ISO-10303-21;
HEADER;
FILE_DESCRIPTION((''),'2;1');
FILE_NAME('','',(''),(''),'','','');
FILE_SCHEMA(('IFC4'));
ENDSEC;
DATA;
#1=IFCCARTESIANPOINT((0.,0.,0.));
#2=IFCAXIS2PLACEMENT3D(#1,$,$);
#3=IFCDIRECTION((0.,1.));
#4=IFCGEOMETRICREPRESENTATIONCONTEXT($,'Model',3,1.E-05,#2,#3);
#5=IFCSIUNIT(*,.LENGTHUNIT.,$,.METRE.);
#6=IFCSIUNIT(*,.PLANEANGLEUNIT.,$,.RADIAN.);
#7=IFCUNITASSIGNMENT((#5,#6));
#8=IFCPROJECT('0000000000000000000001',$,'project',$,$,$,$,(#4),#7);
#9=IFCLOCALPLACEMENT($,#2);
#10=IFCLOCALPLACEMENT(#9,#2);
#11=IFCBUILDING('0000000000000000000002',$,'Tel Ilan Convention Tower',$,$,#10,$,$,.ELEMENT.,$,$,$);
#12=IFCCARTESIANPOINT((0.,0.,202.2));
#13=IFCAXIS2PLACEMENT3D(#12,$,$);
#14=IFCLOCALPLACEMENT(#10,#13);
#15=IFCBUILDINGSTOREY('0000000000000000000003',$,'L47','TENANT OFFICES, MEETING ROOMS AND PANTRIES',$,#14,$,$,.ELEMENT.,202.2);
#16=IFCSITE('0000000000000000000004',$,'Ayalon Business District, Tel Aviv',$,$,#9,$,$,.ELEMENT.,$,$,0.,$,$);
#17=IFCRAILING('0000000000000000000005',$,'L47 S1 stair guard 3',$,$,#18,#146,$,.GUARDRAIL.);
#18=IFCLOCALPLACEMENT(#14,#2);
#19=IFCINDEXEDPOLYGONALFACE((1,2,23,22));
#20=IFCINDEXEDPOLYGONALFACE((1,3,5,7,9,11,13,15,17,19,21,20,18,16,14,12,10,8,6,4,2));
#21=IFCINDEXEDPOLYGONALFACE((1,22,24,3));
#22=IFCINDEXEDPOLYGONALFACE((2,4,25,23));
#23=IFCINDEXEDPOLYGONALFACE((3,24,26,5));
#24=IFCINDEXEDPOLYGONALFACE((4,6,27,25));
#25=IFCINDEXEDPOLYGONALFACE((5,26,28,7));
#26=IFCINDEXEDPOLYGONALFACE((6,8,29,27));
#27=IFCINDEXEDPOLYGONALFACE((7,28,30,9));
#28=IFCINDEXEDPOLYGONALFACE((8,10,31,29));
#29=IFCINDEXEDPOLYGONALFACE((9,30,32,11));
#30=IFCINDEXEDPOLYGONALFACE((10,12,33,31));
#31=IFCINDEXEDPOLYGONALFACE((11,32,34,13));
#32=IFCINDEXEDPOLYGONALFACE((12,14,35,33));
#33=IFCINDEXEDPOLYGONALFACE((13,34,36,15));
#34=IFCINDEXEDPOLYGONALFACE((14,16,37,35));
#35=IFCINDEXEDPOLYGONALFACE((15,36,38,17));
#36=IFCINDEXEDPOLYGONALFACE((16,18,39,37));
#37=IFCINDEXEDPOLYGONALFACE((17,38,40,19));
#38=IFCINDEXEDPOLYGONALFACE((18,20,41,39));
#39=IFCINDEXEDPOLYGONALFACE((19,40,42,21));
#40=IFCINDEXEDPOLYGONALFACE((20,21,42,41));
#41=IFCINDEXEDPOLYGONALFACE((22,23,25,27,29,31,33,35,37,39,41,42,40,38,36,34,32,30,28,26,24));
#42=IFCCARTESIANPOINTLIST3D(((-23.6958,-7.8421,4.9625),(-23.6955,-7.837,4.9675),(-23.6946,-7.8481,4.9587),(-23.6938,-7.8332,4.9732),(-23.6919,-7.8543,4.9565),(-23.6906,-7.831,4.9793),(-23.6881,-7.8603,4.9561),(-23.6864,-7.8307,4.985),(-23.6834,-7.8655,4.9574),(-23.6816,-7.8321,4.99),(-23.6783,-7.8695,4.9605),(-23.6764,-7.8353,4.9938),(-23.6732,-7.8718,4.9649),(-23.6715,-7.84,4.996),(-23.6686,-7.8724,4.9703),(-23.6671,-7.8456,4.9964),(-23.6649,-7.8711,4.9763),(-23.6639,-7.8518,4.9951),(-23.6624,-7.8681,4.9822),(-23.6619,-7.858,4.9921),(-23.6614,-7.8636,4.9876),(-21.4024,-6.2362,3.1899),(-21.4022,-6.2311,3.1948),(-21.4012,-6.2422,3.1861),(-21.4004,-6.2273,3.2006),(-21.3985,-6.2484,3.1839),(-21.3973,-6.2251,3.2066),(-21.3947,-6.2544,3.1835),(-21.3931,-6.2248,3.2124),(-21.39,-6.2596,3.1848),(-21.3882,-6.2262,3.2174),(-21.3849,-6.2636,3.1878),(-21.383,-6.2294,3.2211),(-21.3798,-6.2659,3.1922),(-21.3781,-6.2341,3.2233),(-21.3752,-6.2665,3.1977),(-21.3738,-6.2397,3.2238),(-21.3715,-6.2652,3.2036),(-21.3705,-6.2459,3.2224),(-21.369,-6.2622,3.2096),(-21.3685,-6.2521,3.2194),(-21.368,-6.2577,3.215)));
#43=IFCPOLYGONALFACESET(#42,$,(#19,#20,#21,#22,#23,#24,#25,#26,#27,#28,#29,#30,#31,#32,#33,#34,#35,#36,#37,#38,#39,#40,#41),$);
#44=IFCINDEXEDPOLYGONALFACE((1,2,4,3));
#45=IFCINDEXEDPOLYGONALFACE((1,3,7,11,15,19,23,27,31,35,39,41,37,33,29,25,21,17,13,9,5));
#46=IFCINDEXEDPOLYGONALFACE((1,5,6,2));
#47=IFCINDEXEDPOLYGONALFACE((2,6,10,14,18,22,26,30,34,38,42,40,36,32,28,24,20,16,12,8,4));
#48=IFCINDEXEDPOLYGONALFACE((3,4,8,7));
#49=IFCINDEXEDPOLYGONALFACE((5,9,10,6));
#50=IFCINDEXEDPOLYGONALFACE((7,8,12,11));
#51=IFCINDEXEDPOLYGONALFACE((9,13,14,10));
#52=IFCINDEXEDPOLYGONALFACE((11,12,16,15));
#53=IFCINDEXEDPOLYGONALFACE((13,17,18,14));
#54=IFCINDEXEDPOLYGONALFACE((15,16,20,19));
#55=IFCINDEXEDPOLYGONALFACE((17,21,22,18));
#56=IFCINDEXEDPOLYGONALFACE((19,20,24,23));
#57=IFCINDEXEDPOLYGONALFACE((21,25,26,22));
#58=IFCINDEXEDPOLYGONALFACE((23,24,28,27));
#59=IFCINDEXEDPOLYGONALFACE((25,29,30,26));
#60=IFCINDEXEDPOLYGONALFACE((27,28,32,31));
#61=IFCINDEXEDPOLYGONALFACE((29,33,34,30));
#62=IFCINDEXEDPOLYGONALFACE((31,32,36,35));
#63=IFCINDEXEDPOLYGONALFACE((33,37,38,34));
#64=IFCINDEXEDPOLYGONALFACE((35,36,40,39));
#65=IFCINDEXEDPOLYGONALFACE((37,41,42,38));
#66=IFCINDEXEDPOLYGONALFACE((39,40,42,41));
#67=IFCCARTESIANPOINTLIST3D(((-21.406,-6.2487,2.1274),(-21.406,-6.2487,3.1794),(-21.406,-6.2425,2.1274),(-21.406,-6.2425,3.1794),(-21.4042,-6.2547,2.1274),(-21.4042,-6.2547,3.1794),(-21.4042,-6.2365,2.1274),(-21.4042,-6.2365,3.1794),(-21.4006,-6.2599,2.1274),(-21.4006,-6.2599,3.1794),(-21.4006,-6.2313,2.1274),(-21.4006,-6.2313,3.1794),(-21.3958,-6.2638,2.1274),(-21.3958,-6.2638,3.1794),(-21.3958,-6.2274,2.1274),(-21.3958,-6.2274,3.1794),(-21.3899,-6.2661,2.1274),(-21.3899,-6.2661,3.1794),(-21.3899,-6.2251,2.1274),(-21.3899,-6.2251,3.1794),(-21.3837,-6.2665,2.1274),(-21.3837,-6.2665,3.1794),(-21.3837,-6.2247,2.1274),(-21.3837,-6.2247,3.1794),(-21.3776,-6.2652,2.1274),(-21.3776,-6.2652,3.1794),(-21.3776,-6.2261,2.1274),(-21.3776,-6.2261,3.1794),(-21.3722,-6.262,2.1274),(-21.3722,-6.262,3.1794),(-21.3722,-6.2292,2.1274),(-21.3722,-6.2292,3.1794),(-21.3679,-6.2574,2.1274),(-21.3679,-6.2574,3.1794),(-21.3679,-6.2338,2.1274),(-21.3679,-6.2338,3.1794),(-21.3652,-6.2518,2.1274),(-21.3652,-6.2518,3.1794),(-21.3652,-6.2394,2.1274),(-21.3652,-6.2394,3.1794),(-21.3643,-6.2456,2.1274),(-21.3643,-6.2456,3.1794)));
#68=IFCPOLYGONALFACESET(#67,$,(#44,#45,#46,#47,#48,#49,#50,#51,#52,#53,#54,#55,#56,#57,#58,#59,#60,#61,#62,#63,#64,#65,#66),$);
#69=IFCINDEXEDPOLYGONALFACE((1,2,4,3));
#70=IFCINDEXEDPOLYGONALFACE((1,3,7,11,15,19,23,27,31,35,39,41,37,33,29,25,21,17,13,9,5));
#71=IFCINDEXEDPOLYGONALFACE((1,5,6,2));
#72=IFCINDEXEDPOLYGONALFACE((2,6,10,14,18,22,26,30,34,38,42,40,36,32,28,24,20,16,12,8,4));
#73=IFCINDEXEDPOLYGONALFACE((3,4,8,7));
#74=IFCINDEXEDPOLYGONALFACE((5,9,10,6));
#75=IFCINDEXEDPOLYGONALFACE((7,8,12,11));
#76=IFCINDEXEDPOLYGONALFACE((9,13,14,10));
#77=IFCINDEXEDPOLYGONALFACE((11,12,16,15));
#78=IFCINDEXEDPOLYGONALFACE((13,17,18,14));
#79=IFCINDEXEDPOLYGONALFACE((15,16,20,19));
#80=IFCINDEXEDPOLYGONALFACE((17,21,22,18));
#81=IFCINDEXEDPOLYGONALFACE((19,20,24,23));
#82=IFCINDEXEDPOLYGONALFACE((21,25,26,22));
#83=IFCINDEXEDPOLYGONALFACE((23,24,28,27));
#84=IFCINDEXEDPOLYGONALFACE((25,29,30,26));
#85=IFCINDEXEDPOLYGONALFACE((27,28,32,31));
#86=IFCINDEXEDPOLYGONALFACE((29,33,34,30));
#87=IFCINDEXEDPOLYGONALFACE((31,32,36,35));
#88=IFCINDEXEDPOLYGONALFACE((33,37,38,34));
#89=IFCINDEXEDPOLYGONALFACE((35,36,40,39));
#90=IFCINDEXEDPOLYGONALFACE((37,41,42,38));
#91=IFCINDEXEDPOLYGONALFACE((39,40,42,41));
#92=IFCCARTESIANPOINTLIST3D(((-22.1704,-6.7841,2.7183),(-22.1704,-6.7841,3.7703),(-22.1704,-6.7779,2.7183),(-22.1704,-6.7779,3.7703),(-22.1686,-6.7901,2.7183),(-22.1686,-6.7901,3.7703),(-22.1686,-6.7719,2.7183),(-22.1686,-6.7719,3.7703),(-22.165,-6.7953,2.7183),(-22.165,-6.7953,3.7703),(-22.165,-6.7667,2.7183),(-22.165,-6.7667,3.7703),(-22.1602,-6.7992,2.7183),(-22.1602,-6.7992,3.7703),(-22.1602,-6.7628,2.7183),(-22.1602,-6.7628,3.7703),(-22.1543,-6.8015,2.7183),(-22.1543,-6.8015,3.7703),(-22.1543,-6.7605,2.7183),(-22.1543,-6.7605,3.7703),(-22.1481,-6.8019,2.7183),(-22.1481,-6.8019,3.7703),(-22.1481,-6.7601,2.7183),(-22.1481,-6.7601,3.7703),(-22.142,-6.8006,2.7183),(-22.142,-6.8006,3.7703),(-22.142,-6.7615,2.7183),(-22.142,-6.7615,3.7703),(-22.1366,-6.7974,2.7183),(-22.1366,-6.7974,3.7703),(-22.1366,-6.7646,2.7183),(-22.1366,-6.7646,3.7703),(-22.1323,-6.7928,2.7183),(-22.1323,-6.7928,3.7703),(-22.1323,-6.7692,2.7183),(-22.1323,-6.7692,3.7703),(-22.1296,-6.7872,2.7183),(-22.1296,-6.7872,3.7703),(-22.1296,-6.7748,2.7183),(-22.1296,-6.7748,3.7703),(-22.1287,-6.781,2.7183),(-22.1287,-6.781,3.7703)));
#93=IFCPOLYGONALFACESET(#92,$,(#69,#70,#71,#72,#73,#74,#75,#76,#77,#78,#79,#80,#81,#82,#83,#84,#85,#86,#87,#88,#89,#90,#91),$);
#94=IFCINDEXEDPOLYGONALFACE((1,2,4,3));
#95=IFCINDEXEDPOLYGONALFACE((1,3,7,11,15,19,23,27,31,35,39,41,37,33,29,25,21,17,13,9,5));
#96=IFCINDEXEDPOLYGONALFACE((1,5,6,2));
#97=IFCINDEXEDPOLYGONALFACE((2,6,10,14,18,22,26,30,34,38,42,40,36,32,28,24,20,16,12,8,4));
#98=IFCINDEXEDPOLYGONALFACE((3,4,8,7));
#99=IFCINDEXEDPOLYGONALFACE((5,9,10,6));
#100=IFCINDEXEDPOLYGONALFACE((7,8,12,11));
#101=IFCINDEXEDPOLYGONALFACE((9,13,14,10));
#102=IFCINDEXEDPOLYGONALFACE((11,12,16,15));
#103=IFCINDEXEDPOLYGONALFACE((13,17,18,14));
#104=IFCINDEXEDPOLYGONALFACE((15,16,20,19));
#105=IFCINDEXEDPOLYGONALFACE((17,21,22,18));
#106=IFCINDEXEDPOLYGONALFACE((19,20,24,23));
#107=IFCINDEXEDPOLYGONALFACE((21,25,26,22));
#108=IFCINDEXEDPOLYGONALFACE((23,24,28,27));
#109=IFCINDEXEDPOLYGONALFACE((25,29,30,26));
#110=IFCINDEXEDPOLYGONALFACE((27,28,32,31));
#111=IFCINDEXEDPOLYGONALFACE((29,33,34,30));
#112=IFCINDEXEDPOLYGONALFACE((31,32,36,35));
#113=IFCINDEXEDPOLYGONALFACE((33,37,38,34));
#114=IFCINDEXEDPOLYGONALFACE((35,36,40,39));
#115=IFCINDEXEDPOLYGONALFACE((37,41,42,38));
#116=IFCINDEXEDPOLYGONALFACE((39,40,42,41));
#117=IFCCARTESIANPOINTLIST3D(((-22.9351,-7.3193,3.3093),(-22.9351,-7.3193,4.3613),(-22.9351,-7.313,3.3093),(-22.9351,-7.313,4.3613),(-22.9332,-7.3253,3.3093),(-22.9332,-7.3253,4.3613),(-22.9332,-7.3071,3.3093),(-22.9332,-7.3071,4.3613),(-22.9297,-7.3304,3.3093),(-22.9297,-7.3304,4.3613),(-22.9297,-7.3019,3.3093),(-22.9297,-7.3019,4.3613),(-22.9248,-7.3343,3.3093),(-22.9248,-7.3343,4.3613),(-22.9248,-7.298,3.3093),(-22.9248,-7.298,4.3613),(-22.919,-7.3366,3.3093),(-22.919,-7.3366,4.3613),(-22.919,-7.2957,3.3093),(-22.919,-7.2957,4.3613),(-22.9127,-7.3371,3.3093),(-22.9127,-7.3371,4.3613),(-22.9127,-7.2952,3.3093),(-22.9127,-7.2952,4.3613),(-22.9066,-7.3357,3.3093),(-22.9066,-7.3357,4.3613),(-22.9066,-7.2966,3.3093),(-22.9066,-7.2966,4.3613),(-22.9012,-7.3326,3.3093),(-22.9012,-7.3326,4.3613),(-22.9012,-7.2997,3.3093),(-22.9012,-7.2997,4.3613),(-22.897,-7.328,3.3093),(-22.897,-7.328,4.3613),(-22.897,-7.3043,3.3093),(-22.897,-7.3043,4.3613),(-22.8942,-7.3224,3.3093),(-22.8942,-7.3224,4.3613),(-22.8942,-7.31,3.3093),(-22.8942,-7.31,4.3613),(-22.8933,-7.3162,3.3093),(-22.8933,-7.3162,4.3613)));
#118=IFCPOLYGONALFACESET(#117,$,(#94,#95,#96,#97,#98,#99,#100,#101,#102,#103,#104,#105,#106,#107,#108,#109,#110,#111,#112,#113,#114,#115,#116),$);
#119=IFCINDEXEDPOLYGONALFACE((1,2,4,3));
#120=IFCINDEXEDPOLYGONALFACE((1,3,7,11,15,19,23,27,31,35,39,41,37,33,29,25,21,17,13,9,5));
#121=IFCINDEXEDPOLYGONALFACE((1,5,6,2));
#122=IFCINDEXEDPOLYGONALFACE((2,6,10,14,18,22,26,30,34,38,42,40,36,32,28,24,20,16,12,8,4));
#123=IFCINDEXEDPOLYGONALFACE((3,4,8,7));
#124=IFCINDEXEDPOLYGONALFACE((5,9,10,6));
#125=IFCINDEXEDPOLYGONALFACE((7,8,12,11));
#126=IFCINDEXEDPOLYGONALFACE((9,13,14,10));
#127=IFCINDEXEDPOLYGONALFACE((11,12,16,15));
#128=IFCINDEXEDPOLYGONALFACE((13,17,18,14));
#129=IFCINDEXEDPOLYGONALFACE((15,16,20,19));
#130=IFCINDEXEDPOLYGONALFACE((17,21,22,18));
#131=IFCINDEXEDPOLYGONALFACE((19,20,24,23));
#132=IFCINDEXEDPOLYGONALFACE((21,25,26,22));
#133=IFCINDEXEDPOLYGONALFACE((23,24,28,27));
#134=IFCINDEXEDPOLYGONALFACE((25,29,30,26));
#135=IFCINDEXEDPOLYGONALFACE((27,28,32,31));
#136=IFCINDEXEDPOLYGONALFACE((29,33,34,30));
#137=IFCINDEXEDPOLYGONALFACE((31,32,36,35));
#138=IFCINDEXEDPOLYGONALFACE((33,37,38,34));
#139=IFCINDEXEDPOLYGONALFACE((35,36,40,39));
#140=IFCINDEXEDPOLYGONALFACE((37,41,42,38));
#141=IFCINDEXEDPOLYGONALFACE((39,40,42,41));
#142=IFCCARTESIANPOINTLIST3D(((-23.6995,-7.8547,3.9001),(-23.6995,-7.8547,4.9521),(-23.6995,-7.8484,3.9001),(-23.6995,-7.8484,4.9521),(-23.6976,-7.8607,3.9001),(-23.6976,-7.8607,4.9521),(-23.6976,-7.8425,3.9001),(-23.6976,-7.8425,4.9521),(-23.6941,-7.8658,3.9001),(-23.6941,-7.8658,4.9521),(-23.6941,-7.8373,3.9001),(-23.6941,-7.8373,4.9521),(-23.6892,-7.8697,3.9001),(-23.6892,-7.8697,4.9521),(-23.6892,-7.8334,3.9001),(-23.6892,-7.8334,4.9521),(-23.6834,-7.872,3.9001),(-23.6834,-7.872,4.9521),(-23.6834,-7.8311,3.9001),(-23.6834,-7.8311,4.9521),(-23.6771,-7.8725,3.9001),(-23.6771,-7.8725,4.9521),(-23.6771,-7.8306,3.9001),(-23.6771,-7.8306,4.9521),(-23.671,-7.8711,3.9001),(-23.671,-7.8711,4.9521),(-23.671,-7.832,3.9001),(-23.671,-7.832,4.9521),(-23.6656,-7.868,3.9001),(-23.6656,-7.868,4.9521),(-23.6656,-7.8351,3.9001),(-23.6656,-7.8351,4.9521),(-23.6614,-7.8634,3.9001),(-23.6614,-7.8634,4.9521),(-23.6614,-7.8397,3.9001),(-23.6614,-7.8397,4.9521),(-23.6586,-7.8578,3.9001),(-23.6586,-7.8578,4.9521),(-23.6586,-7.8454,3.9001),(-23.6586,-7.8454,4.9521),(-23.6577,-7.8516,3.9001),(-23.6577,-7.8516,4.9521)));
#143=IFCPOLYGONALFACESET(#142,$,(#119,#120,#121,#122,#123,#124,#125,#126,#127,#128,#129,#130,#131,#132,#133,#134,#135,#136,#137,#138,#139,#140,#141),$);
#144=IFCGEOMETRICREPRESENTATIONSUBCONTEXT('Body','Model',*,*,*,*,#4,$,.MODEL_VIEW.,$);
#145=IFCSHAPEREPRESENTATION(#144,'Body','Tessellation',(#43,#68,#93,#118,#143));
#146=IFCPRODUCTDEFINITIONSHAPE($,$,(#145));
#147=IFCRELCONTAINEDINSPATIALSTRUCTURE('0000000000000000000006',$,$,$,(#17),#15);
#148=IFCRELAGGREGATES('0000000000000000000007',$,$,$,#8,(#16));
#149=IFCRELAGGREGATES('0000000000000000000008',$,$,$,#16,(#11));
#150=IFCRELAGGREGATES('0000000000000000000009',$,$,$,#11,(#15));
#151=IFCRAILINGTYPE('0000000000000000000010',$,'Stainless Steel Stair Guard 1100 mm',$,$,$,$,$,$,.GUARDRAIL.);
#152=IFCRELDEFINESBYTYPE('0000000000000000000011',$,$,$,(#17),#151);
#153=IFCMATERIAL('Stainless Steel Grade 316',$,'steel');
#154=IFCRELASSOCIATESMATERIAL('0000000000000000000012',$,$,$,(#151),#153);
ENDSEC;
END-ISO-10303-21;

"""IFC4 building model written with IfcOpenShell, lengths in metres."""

from ifc_helpers import new_model, si_unit, direction, frame, origin, origin_2d, place, context, subcontext, project, spatial, circle, extrude, material, type_object, element, save


model = new_model("IFC4")

# Units and contexts
model_context = context("Model", 3, precision=1e-05, world=origin(), true_north=direction((0.0, 1.0)))
body_context = subcontext(model_context, "Body", "Model", "MODEL_VIEW")
ifc_project = project(units=[si_unit("LENGTHUNIT", "METRE"), si_unit("PLANEANGLEUNIT", "RADIAN")], contexts=[model_context])

# Site, building, storey
site_placement = place(None, origin())
site = spatial("IfcSite", under=ifc_project, at=site_placement, Name="Ayalon Business District, Tel Aviv", CompositionType="ELEMENT", RefElevation=0.0)
building_placement = place(site_placement, origin())
building = spatial("IfcBuilding", under=site, at=building_placement, Name="Tel Ilan Convention Tower", CompositionType="ELEMENT")
storey_placement = place(building_placement, frame((0.0, 0.0, 202.2)))
storey = spatial("IfcBuildingStorey", under=building, at=storey_placement, Name="L47", Description="TENANT OFFICES, MEETING ROOMS AND PANTRIES", CompositionType="ELEMENT", Elevation=202.2)

# Railing
ifc_material_1 = material(Name="Stainless Steel Grade 316", Category="steel")
railing_type_1 = type_object("IfcRailingType", Name="Stainless Steel Stair Guard 1100 mm", PredefinedType="GUARDRAIL", material=ifc_material_1)
railing_1_placement = place(storey_placement, frame((-21.3853, -6.2456, 2.1274)))
element("IfcRailing", 1, at=railing_1_placement, inside=storey, type_object=railing_type_1, Name="L47 S1 stair guard 3", PredefinedType="GUARDRAIL", context=body_context, shape_type="SweptSolid", body=[
    extrude(circle(Radius=0.0239, at=origin_2d()), frame((0.0, 0.0, 1.0762), z_axis=(-0.692085, -0.484621, 0.53494), x_axis=(0.573591, -0.819142, 0.0)), (0.0, 0.0, 1.0), 3.3137),
    extrude(circle(Radius=0.021, at=origin_2d()), origin(), (0.0, 0.0, 1.0), 1.052),
    extrude(circle(Radius=0.021, at=origin_2d()), frame((-0.7644, -0.5354, 0.5908)), (0.0, 0.0, 1.0), 1.052),
    extrude(circle(Radius=0.021, at=origin_2d()), frame((-1.5291, -1.0706, 1.1819)), (0.0, 0.0, 1.0), 1.052),
    extrude(circle(Radius=0.021, at=origin_2d()), frame((-2.2935, -1.606, 1.7727)), (0.0, 0.0, 1.0), 1.052),
])

save(model, "model.ifc")
